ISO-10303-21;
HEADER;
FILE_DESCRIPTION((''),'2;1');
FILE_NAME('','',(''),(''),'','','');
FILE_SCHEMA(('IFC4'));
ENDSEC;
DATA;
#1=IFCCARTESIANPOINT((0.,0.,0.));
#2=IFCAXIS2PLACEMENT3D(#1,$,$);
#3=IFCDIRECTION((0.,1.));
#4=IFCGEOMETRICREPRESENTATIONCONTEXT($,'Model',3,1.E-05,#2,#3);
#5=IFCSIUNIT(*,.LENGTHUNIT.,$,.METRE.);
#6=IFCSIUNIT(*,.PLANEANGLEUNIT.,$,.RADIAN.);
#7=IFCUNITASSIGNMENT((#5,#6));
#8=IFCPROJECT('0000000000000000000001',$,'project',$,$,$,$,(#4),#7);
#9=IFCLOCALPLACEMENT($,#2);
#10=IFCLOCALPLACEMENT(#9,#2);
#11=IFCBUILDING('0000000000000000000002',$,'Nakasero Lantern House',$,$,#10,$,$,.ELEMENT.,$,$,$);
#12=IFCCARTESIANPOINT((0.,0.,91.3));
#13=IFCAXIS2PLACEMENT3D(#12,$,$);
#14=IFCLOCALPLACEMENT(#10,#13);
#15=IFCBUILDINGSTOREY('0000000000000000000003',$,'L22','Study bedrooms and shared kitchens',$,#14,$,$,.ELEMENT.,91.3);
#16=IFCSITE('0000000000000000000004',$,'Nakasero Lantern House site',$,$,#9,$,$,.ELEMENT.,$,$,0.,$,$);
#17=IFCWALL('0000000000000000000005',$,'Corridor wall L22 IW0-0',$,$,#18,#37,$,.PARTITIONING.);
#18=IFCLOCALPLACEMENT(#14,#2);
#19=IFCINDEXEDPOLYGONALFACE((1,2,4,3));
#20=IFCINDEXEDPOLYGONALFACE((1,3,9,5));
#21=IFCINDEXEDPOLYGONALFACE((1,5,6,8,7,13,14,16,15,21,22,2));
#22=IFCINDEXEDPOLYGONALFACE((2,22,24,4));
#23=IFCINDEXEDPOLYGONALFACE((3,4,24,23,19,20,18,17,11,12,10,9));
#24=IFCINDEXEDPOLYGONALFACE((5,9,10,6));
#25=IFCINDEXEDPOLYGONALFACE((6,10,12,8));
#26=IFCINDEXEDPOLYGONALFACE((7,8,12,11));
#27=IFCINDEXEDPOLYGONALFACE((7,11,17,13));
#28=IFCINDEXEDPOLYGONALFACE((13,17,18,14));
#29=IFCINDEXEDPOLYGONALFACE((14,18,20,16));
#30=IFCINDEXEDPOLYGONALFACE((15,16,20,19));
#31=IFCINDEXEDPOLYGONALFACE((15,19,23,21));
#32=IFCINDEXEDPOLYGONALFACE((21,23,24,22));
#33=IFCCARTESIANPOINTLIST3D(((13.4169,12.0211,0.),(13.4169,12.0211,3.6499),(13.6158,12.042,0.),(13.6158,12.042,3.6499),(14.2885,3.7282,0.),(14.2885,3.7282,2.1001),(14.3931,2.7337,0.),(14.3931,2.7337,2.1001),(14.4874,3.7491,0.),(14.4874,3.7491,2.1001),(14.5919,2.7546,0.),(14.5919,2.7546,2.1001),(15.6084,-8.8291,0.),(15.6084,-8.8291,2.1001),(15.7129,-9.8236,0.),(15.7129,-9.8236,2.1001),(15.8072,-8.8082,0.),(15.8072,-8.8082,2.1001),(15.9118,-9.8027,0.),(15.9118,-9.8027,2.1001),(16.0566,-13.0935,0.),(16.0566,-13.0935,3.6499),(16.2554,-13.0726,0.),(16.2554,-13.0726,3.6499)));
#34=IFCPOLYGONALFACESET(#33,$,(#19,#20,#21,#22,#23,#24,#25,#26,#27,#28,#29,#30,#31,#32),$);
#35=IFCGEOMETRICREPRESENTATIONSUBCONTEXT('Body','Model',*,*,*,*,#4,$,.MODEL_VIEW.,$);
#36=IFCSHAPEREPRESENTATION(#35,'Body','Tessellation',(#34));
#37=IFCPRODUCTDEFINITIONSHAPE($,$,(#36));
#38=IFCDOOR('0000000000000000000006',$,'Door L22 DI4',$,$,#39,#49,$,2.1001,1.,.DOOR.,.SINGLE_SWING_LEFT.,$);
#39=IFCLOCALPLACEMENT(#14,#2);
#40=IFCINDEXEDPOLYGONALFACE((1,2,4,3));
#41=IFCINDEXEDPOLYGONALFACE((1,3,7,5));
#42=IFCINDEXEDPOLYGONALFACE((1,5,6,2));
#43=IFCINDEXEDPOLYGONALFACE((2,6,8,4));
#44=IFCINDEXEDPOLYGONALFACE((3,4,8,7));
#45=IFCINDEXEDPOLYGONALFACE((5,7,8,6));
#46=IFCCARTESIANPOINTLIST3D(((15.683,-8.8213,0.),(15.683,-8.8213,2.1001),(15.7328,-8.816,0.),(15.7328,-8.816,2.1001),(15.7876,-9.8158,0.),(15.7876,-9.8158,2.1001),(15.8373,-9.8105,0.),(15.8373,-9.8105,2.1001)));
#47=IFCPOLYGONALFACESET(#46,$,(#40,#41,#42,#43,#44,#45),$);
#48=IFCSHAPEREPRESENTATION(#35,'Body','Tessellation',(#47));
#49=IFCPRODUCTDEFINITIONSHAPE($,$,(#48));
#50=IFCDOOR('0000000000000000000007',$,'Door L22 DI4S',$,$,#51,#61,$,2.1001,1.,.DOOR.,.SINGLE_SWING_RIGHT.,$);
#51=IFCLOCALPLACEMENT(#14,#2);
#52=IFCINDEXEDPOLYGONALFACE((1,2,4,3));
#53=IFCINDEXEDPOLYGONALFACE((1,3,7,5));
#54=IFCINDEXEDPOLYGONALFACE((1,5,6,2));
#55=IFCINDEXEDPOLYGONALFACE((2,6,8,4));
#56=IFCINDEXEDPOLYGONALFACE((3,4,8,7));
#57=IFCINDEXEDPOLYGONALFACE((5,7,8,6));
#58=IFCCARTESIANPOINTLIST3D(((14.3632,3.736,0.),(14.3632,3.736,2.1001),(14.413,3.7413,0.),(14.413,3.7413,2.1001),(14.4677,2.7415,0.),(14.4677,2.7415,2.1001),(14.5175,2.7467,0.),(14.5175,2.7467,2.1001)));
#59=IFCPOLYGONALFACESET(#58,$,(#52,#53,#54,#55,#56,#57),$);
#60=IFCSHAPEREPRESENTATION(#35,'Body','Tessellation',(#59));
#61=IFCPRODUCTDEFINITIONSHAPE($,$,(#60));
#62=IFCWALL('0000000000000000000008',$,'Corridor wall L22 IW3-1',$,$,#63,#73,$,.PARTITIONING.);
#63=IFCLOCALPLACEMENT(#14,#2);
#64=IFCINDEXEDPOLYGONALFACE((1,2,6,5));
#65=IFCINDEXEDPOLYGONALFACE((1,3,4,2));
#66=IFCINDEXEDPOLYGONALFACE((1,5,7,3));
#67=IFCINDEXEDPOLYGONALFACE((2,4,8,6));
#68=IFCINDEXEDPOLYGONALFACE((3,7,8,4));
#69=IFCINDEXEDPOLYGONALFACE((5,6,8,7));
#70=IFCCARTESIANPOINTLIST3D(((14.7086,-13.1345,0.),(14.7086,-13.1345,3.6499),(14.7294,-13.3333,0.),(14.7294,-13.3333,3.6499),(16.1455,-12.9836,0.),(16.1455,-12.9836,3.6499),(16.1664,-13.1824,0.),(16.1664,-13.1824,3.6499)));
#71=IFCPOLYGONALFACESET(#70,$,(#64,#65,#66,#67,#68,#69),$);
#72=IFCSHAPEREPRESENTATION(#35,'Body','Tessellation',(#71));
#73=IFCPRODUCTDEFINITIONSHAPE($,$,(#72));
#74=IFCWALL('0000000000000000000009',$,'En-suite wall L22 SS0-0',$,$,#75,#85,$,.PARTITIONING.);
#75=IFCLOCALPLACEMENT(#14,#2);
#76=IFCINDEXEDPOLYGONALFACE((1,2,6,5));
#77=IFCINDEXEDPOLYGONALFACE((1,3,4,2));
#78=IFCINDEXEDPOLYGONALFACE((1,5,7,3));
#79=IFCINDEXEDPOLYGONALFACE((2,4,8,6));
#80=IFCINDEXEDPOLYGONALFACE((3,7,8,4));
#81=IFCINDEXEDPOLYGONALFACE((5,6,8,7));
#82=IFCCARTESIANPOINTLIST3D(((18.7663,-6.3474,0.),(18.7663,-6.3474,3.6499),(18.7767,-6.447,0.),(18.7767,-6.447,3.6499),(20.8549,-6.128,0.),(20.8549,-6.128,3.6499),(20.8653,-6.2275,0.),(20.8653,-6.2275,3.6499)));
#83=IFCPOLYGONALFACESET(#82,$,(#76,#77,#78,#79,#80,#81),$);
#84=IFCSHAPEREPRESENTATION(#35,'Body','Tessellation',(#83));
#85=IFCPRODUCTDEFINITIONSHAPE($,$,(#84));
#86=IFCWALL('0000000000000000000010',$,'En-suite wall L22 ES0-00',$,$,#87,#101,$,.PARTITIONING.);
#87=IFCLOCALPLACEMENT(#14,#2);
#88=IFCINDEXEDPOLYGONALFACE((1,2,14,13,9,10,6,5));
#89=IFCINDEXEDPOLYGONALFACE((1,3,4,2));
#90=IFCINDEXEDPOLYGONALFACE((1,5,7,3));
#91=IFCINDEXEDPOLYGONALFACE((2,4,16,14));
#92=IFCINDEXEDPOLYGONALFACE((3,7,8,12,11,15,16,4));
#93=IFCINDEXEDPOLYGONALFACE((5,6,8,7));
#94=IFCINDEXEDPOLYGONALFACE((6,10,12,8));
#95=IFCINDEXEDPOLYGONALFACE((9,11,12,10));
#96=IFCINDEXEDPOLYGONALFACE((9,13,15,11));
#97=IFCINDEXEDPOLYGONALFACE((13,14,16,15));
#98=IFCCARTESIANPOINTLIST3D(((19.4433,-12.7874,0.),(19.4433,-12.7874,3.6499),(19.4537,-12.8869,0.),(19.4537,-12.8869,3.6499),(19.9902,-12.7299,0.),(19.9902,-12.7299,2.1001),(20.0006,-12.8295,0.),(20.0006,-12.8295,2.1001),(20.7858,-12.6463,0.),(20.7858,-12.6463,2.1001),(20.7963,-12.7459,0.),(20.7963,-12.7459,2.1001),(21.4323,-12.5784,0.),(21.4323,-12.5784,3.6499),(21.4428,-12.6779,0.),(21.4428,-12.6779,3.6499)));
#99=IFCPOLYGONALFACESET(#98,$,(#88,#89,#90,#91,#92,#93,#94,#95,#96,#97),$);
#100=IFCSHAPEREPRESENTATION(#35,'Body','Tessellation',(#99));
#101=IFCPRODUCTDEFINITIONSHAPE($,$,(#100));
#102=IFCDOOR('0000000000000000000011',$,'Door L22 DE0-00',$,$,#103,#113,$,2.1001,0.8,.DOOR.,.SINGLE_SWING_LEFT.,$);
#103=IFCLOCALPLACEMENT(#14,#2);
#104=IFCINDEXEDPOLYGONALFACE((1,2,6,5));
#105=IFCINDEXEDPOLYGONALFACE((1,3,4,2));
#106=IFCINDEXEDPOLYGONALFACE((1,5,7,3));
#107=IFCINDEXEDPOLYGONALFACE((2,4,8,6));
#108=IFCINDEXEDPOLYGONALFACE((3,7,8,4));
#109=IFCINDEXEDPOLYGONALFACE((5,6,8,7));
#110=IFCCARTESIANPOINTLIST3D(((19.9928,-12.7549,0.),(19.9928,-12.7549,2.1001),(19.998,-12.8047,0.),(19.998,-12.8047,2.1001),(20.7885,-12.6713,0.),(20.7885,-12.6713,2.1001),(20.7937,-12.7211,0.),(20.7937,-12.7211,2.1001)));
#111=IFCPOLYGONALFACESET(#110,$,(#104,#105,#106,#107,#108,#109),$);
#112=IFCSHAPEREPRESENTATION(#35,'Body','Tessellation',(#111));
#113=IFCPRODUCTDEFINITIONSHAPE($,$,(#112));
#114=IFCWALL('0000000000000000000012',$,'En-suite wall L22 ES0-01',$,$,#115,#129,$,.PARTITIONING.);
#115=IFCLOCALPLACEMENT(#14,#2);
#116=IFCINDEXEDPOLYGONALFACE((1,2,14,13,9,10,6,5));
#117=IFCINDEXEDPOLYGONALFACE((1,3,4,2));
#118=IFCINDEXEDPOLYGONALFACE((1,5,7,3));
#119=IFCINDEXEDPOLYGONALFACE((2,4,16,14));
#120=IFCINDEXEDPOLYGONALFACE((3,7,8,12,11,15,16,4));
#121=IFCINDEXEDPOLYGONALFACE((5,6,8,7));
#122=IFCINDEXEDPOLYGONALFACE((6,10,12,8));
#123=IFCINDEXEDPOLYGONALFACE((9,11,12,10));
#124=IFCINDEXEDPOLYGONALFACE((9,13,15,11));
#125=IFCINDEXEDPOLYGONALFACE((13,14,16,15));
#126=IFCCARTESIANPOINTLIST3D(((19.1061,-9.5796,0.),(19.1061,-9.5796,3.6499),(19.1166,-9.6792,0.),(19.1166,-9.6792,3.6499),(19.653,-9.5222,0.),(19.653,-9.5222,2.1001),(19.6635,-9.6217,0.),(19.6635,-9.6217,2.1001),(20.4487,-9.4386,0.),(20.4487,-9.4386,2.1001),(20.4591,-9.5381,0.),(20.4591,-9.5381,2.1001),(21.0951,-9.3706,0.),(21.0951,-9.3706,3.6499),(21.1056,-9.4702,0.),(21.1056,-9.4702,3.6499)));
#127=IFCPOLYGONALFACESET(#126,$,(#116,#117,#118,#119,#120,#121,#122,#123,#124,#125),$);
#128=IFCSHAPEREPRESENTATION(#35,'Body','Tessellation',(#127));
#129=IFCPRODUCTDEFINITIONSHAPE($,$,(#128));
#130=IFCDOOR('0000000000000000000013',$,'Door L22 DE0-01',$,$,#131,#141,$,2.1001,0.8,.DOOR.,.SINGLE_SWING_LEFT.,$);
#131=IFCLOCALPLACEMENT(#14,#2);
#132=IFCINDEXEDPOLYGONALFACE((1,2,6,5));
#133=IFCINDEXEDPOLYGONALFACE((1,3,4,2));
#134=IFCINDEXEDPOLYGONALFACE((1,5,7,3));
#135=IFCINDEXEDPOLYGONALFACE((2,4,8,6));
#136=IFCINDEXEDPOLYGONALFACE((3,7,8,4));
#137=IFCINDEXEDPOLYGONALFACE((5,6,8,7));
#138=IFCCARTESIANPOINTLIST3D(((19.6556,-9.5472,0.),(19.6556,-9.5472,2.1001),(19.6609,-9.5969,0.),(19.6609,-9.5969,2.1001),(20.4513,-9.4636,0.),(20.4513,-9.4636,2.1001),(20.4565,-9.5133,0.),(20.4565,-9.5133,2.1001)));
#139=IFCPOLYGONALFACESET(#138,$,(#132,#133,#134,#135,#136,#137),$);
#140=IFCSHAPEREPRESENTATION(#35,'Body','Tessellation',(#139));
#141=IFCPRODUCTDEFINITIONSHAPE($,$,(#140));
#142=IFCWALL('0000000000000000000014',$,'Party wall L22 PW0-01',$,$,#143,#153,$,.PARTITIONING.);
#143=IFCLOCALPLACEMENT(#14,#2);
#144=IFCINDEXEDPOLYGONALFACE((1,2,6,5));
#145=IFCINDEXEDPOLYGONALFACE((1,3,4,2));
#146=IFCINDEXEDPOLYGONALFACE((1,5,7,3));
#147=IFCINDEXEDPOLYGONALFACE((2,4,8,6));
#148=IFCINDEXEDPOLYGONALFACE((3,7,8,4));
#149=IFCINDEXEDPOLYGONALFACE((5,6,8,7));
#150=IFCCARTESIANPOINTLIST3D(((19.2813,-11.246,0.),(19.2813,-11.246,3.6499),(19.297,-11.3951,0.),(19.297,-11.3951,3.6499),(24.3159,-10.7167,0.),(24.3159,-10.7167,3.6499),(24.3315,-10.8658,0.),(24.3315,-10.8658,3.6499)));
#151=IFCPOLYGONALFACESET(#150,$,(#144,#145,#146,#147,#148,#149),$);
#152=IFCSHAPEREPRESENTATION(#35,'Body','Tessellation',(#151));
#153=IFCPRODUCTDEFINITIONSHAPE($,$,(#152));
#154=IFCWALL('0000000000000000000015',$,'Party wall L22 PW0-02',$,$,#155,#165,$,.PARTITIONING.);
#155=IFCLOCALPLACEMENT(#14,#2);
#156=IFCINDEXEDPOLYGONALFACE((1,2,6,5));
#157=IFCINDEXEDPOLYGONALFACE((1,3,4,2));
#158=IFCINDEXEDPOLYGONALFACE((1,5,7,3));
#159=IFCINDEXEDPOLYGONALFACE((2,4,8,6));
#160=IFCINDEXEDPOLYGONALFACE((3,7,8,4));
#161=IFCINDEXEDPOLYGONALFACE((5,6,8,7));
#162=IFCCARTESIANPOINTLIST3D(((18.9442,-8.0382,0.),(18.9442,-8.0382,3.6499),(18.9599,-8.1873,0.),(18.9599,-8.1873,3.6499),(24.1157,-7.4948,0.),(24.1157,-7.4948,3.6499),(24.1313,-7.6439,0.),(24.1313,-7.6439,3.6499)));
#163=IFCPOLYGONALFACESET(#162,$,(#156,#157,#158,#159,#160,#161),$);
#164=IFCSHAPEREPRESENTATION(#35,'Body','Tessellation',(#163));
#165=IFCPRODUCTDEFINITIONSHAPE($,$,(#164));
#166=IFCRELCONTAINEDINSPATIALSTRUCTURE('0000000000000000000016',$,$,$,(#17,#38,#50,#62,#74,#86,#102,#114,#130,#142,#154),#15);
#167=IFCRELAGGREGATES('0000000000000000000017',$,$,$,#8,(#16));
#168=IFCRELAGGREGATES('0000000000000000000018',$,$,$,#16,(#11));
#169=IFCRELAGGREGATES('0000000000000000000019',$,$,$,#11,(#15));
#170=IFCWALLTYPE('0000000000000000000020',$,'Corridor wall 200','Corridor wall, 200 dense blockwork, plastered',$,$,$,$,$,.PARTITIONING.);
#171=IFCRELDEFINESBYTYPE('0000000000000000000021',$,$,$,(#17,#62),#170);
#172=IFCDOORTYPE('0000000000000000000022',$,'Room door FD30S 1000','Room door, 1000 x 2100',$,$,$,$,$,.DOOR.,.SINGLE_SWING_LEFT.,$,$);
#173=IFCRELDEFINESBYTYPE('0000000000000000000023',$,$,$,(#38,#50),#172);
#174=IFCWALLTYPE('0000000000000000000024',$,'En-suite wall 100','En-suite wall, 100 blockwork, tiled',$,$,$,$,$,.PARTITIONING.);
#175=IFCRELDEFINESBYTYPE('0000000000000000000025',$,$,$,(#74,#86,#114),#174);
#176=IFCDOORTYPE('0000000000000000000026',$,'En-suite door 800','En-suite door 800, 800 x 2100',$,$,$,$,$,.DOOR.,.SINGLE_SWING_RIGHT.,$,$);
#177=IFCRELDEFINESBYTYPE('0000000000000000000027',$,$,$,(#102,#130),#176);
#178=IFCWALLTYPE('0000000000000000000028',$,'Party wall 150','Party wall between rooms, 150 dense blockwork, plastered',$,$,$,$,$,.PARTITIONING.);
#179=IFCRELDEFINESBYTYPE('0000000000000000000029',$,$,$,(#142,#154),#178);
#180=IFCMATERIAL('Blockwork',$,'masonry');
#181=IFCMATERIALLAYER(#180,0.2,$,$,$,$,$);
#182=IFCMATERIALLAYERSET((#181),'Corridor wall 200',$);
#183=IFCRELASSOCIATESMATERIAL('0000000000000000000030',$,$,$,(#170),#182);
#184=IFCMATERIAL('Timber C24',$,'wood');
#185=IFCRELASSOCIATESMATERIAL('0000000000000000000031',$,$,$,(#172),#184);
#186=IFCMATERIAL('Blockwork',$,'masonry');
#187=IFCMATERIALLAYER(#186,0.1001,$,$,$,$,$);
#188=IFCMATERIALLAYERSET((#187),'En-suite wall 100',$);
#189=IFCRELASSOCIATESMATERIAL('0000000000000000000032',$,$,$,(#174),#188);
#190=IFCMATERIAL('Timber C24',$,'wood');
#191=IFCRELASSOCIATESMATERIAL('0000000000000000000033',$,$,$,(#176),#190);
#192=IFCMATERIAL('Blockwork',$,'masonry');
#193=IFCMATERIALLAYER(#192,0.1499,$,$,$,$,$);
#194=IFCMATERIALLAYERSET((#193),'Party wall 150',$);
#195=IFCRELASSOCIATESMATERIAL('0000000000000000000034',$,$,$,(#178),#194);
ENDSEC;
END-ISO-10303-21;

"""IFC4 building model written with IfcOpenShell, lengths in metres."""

from ifc_helpers import new_model, si_unit, direction, frame, frame_2d, origin, place, context, subcontext, project, spatial, rectangle, extrude, material, layer, layer_set, type_object, element, fill, save


model = new_model("IFC4")

# Units and contexts
model_context = context("Model", 3, precision=1e-05, world=origin(), true_north=direction((0.0, 1.0)))
body_context = subcontext(model_context, "Body", "Model", "MODEL_VIEW")
ifc_project = project(units=[si_unit("LENGTHUNIT", "METRE"), si_unit("PLANEANGLEUNIT", "RADIAN")], contexts=[model_context])

# Site, building, storey
site_placement = place(None, origin())
site = spatial("IfcSite", under=ifc_project, at=site_placement, Name="Nakasero Lantern House site", CompositionType="ELEMENT", RefElevation=0.0)
building_placement = place(site_placement, origin())
building = spatial("IfcBuilding", under=site, at=building_placement, Name="Nakasero Lantern House", CompositionType="ELEMENT")
storey_placement = place(building_placement, frame((0.0, 0.0, 91.3)))
storey = spatial("IfcBuildingStorey", under=building, at=storey_placement, Name="L22", Description="Study bedrooms and shared kitchens", CompositionType="ELEMENT", Elevation=91.3)

# Wall, openings, doors
ifc_material_1 = material(Name="Blockwork", Category="masonry")
ifc_layer_1 = layer(ifc_material_1, 0.2)
ifc_layer_set_1 = layer_set([ifc_layer_1], Name="Corridor wall 200")
wall_type_1 = type_object("IfcWallType", Name="Corridor wall 200", Description="Corridor wall, 200 dense blockwork, plastered", PredefinedType="PARTITIONING", material=ifc_layer_set_1)
wall_1_placement = place(storey_placement, frame((16.156, -13.083, 0.0), z_axis=(0.0, 0.0, 1.0), x_axis=(-0.104529, 0.994522, 0.0)))
wall_1 = element("IfcWall", 1, at=wall_1_placement, inside=storey, type_object=wall_type_1, Name="Corridor wall L22 IW0-0", PredefinedType="PARTITIONING", context=body_context, shape_type="SweptSolid", body=[
    extrude(rectangle(XDim=25.2529, YDim=0.2, at=frame_2d((12.6265, 0.0))), origin(), (0.0, 0.0, 1.0), 3.6499),
])
opening_1_placement = place(wall_1_placement, frame((3.2878, 0.0, 0.0)))
opening_1 = element("IfcOpeningElement", 2, at=opening_1_placement, cuts=wall_1, PredefinedType="OPENING", context=body_context, shape_type="SweptSolid", body=[
    extrude(rectangle(XDim=1.0, YDim=2.1001, at=frame_2d((0.5, 1.05))), frame((0.0, 0.1199, 0.0), z_axis=(0.0, -1.0, 0.0), x_axis=(1.0, 0.0, 0.0)), (0.0, 0.0, 1.0), 0.24),
])
opening_2_placement = place(wall_1_placement, frame((15.9143, 0.0, 0.0)))
opening_2 = element("IfcOpeningElement", 3, at=opening_2_placement, cuts=wall_1, PredefinedType="OPENING", context=body_context, shape_type="SweptSolid", body=[
    extrude(rectangle(XDim=1.0, YDim=2.1001, at=frame_2d((0.5, 1.05))), frame((0.0, 0.1199, 0.0), z_axis=(0.0, -1.0, 0.0), x_axis=(1.0, 0.0, 0.0)), (0.0, 0.0, 1.0), 0.24),
])
ifc_material_2 = material(Name="Timber C24", Category="wood")
door_type_1 = type_object("IfcDoorType", Name="Room door FD30S 1000", Description="Room door, 1000 x 2100", OperationType="SINGLE_SWING_LEFT", PredefinedType="DOOR", material=ifc_material_2)
door_1_placement = place(opening_1_placement, origin())
door_1 = element("IfcDoor", 4, at=door_1_placement, inside=storey, type_object=door_type_1, Name="Door L22 DI4", OperationType="SINGLE_SWING_LEFT", OverallHeight=2.1001, OverallWidth=1.0, PredefinedType="DOOR", context=body_context, shape_type="SweptSolid", body=[
    extrude(rectangle(XDim=1.0, YDim=2.1001, at=frame_2d((0.5, 1.05))), frame((0.0, 0.0249, 0.0), z_axis=(0.0, -1.0, 0.0), x_axis=(1.0, 0.0, 0.0)), (0.0, 0.0, 1.0), 0.05),
])
fill(opening_1, door_1)
door_2_placement = place(opening_2_placement, origin())
door_2 = element("IfcDoor", 5, at=door_2_placement, inside=storey, type_object=door_type_1, Name="Door L22 DI4S", OperationType="SINGLE_SWING_RIGHT", OverallHeight=2.1001, OverallWidth=1.0, PredefinedType="DOOR", context=body_context, shape_type="SweptSolid", body=[
    extrude(rectangle(XDim=1.0, YDim=2.1001, at=frame_2d((0.5, 1.05))), frame((0.0, 0.0249, 0.0), z_axis=(0.0, -1.0, 0.0), x_axis=(1.0, 0.0, 0.0)), (0.0, 0.0, 1.0), 0.05),
])
fill(opening_2, door_2)

# Walls
wall_2_placement = place(storey_placement, frame((14.719, -13.2339, 0.0), z_axis=(0.0, 0.0, 1.0), x_axis=(0.994533, 0.104421, 0.0)))
element("IfcWall", 6, at=wall_2_placement, inside=storey, type_object=wall_type_1, Name="Corridor wall L22 IW3-1", PredefinedType="PARTITIONING", context=body_context, shape_type="SweptSolid", body=[
    extrude(rectangle(XDim=1.4448, YDim=0.2, at=frame_2d((0.7224, 0.0))), origin(), (0.0, 0.0, 1.0), 3.6499),
])
ifc_material_3 = material(Name="Blockwork", Category="masonry")
ifc_layer_2 = layer(ifc_material_3, 0.1001)
ifc_layer_set_2 = layer_set([ifc_layer_2], Name="En-suite wall 100")
wall_type_2 = type_object("IfcWallType", Name="En-suite wall 100", Description="En-suite wall, 100 blockwork, tiled", PredefinedType="PARTITIONING", material=ifc_layer_set_2)
wall_3_placement = place(storey_placement, frame((18.7715, -6.3972, 0.0), z_axis=(0.0, 0.0, 1.0), x_axis=(0.994524, 0.104509, 0.0)))
element("IfcWall", 7, at=wall_3_placement, inside=storey, type_object=wall_type_2, Name="En-suite wall L22 SS0-0", PredefinedType="PARTITIONING", context=body_context, shape_type="SweptSolid", body=[
    extrude(rectangle(XDim=2.1001, YDim=0.1001, at=frame_2d((1.05, 0.0))), origin(), (0.0, 0.0, 1.0), 3.6499),
])

# Walls, openings, doors
wall_4_placement = place(storey_placement, frame((19.4485, -12.8372, 0.0), z_axis=(0.0, 0.0, 1.0), x_axis=(0.994526, 0.104494, 0.0)))
wall_4 = element("IfcWall", 8, at=wall_4_placement, inside=storey, type_object=wall_type_2, Name="En-suite wall L22 ES0-00", PredefinedType="PARTITIONING", context=body_context, shape_type="SweptSolid", body=[
    extrude(rectangle(XDim=2.0, YDim=0.1001, at=frame_2d((1.0, 0.0))), origin(), (0.0, 0.0, 1.0), 3.6499),
])
opening_3_placement = place(wall_4_placement, frame((0.55, 0.0, 0.0)))
opening_3 = element("IfcOpeningElement", 9, at=opening_3_placement, cuts=wall_4, PredefinedType="OPENING", context=body_context, shape_type="SweptSolid", body=[
    extrude(rectangle(XDim=0.8, YDim=2.1001, at=frame_2d((0.3999, 1.05))), frame((0.0, 0.0701, 0.0), z_axis=(0.0, -1.0, 0.0), x_axis=(1.0, 0.0, 0.0)), (0.0, 0.0, 1.0), 0.1401),
])
ifc_material_4 = material(Name="Timber C24", Category="wood")
door_type_2 = type_object("IfcDoorType", Name="En-suite door 800", Description="En-suite door 800, 800 x 2100", OperationType="SINGLE_SWING_RIGHT", PredefinedType="DOOR", material=ifc_material_4)
door_3_placement = place(opening_3_placement, origin())
door_3 = element("IfcDoor", 10, at=door_3_placement, inside=storey, type_object=door_type_2, Name="Door L22 DE0-00", OperationType="SINGLE_SWING_LEFT", OverallHeight=2.1001, OverallWidth=0.8, PredefinedType="DOOR", context=body_context, shape_type="SweptSolid", body=[
    extrude(rectangle(XDim=0.8, YDim=2.1001, at=frame_2d((0.3999, 1.05))), frame((0.0, 0.0249, 0.0), z_axis=(0.0, -1.0, 0.0), x_axis=(1.0, 0.0, 0.0)), (0.0, 0.0, 1.0), 0.05),
])
fill(opening_3, door_3)
wall_5_placement = place(storey_placement, frame((19.1113, -9.6294, 0.0), z_axis=(0.0, 0.0, 1.0), x_axis=(0.994526, 0.104494, 0.0)))
wall_5 = element("IfcWall", 11, at=wall_5_placement, inside=storey, type_object=wall_type_2, Name="En-suite wall L22 ES0-01", PredefinedType="PARTITIONING", context=body_context, shape_type="SweptSolid", body=[
    extrude(rectangle(XDim=2.0, YDim=0.1001, at=frame_2d((1.0, 0.0))), origin(), (0.0, 0.0, 1.0), 3.6499),
])
opening_4_placement = place(wall_5_placement, frame((0.55, 0.0, 0.0)))
opening_4 = element("IfcOpeningElement", 12, at=opening_4_placement, cuts=wall_5, PredefinedType="OPENING", context=body_context, shape_type="SweptSolid", body=[
    extrude(rectangle(XDim=0.8, YDim=2.1001, at=frame_2d((0.3999, 1.05))), frame((0.0, 0.0701, 0.0), z_axis=(0.0, -1.0, 0.0), x_axis=(1.0, 0.0, 0.0)), (0.0, 0.0, 1.0), 0.1401),
])
door_4_placement = place(opening_4_placement, origin())
door_4 = element("IfcDoor", 13, at=door_4_placement, inside=storey, type_object=door_type_2, Name="Door L22 DE0-01", OperationType="SINGLE_SWING_LEFT", OverallHeight=2.1001, OverallWidth=0.8, PredefinedType="DOOR", context=body_context, shape_type="SweptSolid", body=[
    extrude(rectangle(XDim=0.8, YDim=2.1001, at=frame_2d((0.3999, 1.05))), frame((0.0, 0.0249, 0.0), z_axis=(0.0, -1.0, 0.0), x_axis=(1.0, 0.0, 0.0)), (0.0, 0.0, 1.0), 0.05),
])
fill(opening_4, door_4)

# Walls
ifc_material_5 = material(Name="Blockwork", Category="masonry")
ifc_layer_3 = layer(ifc_material_5, 0.1499)
ifc_layer_set_3 = layer_set([ifc_layer_3], Name="Party wall 150")
wall_type_3 = type_object("IfcWallType", Name="Party wall 150", Description="Party wall between rooms, 150 dense blockwork, plastered", PredefinedType="PARTITIONING", material=ifc_layer_set_3)
wall_6_placement = place(storey_placement, frame((19.2891, -11.3206, 0.0), z_axis=(0.0, 0.0, 1.0), x_axis=(0.994519, 0.104559, 0.0)))
element("IfcWall", 14, at=wall_6_placement, inside=storey, type_object=wall_type_3, Name="Party wall L22 PW0-01", PredefinedType="PARTITIONING", context=body_context, shape_type="SweptSolid", body=[
    extrude(rectangle(XDim=5.0623, YDim=0.1499, at=frame_2d((2.5312, 0.0))), origin(), (0.0, 0.0, 1.0), 3.6499),
])
wall_7_placement = place(storey_placement, frame((18.9519, -8.1128, 0.0), z_axis=(0.0, 0.0, 1.0), x_axis=(0.994523, 0.104514, 0.0)))
element("IfcWall", 15, at=wall_7_placement, inside=storey, type_object=wall_type_3, Name="Party wall L22 PW0-02", PredefinedType="PARTITIONING", context=body_context, shape_type="SweptSolid", body=[
    extrude(rectangle(XDim=5.2, YDim=0.1499, at=frame_2d((2.6001, 0.0))), origin(), (0.0, 0.0, 1.0), 3.6499),
])

save(model, "model.ifc")
